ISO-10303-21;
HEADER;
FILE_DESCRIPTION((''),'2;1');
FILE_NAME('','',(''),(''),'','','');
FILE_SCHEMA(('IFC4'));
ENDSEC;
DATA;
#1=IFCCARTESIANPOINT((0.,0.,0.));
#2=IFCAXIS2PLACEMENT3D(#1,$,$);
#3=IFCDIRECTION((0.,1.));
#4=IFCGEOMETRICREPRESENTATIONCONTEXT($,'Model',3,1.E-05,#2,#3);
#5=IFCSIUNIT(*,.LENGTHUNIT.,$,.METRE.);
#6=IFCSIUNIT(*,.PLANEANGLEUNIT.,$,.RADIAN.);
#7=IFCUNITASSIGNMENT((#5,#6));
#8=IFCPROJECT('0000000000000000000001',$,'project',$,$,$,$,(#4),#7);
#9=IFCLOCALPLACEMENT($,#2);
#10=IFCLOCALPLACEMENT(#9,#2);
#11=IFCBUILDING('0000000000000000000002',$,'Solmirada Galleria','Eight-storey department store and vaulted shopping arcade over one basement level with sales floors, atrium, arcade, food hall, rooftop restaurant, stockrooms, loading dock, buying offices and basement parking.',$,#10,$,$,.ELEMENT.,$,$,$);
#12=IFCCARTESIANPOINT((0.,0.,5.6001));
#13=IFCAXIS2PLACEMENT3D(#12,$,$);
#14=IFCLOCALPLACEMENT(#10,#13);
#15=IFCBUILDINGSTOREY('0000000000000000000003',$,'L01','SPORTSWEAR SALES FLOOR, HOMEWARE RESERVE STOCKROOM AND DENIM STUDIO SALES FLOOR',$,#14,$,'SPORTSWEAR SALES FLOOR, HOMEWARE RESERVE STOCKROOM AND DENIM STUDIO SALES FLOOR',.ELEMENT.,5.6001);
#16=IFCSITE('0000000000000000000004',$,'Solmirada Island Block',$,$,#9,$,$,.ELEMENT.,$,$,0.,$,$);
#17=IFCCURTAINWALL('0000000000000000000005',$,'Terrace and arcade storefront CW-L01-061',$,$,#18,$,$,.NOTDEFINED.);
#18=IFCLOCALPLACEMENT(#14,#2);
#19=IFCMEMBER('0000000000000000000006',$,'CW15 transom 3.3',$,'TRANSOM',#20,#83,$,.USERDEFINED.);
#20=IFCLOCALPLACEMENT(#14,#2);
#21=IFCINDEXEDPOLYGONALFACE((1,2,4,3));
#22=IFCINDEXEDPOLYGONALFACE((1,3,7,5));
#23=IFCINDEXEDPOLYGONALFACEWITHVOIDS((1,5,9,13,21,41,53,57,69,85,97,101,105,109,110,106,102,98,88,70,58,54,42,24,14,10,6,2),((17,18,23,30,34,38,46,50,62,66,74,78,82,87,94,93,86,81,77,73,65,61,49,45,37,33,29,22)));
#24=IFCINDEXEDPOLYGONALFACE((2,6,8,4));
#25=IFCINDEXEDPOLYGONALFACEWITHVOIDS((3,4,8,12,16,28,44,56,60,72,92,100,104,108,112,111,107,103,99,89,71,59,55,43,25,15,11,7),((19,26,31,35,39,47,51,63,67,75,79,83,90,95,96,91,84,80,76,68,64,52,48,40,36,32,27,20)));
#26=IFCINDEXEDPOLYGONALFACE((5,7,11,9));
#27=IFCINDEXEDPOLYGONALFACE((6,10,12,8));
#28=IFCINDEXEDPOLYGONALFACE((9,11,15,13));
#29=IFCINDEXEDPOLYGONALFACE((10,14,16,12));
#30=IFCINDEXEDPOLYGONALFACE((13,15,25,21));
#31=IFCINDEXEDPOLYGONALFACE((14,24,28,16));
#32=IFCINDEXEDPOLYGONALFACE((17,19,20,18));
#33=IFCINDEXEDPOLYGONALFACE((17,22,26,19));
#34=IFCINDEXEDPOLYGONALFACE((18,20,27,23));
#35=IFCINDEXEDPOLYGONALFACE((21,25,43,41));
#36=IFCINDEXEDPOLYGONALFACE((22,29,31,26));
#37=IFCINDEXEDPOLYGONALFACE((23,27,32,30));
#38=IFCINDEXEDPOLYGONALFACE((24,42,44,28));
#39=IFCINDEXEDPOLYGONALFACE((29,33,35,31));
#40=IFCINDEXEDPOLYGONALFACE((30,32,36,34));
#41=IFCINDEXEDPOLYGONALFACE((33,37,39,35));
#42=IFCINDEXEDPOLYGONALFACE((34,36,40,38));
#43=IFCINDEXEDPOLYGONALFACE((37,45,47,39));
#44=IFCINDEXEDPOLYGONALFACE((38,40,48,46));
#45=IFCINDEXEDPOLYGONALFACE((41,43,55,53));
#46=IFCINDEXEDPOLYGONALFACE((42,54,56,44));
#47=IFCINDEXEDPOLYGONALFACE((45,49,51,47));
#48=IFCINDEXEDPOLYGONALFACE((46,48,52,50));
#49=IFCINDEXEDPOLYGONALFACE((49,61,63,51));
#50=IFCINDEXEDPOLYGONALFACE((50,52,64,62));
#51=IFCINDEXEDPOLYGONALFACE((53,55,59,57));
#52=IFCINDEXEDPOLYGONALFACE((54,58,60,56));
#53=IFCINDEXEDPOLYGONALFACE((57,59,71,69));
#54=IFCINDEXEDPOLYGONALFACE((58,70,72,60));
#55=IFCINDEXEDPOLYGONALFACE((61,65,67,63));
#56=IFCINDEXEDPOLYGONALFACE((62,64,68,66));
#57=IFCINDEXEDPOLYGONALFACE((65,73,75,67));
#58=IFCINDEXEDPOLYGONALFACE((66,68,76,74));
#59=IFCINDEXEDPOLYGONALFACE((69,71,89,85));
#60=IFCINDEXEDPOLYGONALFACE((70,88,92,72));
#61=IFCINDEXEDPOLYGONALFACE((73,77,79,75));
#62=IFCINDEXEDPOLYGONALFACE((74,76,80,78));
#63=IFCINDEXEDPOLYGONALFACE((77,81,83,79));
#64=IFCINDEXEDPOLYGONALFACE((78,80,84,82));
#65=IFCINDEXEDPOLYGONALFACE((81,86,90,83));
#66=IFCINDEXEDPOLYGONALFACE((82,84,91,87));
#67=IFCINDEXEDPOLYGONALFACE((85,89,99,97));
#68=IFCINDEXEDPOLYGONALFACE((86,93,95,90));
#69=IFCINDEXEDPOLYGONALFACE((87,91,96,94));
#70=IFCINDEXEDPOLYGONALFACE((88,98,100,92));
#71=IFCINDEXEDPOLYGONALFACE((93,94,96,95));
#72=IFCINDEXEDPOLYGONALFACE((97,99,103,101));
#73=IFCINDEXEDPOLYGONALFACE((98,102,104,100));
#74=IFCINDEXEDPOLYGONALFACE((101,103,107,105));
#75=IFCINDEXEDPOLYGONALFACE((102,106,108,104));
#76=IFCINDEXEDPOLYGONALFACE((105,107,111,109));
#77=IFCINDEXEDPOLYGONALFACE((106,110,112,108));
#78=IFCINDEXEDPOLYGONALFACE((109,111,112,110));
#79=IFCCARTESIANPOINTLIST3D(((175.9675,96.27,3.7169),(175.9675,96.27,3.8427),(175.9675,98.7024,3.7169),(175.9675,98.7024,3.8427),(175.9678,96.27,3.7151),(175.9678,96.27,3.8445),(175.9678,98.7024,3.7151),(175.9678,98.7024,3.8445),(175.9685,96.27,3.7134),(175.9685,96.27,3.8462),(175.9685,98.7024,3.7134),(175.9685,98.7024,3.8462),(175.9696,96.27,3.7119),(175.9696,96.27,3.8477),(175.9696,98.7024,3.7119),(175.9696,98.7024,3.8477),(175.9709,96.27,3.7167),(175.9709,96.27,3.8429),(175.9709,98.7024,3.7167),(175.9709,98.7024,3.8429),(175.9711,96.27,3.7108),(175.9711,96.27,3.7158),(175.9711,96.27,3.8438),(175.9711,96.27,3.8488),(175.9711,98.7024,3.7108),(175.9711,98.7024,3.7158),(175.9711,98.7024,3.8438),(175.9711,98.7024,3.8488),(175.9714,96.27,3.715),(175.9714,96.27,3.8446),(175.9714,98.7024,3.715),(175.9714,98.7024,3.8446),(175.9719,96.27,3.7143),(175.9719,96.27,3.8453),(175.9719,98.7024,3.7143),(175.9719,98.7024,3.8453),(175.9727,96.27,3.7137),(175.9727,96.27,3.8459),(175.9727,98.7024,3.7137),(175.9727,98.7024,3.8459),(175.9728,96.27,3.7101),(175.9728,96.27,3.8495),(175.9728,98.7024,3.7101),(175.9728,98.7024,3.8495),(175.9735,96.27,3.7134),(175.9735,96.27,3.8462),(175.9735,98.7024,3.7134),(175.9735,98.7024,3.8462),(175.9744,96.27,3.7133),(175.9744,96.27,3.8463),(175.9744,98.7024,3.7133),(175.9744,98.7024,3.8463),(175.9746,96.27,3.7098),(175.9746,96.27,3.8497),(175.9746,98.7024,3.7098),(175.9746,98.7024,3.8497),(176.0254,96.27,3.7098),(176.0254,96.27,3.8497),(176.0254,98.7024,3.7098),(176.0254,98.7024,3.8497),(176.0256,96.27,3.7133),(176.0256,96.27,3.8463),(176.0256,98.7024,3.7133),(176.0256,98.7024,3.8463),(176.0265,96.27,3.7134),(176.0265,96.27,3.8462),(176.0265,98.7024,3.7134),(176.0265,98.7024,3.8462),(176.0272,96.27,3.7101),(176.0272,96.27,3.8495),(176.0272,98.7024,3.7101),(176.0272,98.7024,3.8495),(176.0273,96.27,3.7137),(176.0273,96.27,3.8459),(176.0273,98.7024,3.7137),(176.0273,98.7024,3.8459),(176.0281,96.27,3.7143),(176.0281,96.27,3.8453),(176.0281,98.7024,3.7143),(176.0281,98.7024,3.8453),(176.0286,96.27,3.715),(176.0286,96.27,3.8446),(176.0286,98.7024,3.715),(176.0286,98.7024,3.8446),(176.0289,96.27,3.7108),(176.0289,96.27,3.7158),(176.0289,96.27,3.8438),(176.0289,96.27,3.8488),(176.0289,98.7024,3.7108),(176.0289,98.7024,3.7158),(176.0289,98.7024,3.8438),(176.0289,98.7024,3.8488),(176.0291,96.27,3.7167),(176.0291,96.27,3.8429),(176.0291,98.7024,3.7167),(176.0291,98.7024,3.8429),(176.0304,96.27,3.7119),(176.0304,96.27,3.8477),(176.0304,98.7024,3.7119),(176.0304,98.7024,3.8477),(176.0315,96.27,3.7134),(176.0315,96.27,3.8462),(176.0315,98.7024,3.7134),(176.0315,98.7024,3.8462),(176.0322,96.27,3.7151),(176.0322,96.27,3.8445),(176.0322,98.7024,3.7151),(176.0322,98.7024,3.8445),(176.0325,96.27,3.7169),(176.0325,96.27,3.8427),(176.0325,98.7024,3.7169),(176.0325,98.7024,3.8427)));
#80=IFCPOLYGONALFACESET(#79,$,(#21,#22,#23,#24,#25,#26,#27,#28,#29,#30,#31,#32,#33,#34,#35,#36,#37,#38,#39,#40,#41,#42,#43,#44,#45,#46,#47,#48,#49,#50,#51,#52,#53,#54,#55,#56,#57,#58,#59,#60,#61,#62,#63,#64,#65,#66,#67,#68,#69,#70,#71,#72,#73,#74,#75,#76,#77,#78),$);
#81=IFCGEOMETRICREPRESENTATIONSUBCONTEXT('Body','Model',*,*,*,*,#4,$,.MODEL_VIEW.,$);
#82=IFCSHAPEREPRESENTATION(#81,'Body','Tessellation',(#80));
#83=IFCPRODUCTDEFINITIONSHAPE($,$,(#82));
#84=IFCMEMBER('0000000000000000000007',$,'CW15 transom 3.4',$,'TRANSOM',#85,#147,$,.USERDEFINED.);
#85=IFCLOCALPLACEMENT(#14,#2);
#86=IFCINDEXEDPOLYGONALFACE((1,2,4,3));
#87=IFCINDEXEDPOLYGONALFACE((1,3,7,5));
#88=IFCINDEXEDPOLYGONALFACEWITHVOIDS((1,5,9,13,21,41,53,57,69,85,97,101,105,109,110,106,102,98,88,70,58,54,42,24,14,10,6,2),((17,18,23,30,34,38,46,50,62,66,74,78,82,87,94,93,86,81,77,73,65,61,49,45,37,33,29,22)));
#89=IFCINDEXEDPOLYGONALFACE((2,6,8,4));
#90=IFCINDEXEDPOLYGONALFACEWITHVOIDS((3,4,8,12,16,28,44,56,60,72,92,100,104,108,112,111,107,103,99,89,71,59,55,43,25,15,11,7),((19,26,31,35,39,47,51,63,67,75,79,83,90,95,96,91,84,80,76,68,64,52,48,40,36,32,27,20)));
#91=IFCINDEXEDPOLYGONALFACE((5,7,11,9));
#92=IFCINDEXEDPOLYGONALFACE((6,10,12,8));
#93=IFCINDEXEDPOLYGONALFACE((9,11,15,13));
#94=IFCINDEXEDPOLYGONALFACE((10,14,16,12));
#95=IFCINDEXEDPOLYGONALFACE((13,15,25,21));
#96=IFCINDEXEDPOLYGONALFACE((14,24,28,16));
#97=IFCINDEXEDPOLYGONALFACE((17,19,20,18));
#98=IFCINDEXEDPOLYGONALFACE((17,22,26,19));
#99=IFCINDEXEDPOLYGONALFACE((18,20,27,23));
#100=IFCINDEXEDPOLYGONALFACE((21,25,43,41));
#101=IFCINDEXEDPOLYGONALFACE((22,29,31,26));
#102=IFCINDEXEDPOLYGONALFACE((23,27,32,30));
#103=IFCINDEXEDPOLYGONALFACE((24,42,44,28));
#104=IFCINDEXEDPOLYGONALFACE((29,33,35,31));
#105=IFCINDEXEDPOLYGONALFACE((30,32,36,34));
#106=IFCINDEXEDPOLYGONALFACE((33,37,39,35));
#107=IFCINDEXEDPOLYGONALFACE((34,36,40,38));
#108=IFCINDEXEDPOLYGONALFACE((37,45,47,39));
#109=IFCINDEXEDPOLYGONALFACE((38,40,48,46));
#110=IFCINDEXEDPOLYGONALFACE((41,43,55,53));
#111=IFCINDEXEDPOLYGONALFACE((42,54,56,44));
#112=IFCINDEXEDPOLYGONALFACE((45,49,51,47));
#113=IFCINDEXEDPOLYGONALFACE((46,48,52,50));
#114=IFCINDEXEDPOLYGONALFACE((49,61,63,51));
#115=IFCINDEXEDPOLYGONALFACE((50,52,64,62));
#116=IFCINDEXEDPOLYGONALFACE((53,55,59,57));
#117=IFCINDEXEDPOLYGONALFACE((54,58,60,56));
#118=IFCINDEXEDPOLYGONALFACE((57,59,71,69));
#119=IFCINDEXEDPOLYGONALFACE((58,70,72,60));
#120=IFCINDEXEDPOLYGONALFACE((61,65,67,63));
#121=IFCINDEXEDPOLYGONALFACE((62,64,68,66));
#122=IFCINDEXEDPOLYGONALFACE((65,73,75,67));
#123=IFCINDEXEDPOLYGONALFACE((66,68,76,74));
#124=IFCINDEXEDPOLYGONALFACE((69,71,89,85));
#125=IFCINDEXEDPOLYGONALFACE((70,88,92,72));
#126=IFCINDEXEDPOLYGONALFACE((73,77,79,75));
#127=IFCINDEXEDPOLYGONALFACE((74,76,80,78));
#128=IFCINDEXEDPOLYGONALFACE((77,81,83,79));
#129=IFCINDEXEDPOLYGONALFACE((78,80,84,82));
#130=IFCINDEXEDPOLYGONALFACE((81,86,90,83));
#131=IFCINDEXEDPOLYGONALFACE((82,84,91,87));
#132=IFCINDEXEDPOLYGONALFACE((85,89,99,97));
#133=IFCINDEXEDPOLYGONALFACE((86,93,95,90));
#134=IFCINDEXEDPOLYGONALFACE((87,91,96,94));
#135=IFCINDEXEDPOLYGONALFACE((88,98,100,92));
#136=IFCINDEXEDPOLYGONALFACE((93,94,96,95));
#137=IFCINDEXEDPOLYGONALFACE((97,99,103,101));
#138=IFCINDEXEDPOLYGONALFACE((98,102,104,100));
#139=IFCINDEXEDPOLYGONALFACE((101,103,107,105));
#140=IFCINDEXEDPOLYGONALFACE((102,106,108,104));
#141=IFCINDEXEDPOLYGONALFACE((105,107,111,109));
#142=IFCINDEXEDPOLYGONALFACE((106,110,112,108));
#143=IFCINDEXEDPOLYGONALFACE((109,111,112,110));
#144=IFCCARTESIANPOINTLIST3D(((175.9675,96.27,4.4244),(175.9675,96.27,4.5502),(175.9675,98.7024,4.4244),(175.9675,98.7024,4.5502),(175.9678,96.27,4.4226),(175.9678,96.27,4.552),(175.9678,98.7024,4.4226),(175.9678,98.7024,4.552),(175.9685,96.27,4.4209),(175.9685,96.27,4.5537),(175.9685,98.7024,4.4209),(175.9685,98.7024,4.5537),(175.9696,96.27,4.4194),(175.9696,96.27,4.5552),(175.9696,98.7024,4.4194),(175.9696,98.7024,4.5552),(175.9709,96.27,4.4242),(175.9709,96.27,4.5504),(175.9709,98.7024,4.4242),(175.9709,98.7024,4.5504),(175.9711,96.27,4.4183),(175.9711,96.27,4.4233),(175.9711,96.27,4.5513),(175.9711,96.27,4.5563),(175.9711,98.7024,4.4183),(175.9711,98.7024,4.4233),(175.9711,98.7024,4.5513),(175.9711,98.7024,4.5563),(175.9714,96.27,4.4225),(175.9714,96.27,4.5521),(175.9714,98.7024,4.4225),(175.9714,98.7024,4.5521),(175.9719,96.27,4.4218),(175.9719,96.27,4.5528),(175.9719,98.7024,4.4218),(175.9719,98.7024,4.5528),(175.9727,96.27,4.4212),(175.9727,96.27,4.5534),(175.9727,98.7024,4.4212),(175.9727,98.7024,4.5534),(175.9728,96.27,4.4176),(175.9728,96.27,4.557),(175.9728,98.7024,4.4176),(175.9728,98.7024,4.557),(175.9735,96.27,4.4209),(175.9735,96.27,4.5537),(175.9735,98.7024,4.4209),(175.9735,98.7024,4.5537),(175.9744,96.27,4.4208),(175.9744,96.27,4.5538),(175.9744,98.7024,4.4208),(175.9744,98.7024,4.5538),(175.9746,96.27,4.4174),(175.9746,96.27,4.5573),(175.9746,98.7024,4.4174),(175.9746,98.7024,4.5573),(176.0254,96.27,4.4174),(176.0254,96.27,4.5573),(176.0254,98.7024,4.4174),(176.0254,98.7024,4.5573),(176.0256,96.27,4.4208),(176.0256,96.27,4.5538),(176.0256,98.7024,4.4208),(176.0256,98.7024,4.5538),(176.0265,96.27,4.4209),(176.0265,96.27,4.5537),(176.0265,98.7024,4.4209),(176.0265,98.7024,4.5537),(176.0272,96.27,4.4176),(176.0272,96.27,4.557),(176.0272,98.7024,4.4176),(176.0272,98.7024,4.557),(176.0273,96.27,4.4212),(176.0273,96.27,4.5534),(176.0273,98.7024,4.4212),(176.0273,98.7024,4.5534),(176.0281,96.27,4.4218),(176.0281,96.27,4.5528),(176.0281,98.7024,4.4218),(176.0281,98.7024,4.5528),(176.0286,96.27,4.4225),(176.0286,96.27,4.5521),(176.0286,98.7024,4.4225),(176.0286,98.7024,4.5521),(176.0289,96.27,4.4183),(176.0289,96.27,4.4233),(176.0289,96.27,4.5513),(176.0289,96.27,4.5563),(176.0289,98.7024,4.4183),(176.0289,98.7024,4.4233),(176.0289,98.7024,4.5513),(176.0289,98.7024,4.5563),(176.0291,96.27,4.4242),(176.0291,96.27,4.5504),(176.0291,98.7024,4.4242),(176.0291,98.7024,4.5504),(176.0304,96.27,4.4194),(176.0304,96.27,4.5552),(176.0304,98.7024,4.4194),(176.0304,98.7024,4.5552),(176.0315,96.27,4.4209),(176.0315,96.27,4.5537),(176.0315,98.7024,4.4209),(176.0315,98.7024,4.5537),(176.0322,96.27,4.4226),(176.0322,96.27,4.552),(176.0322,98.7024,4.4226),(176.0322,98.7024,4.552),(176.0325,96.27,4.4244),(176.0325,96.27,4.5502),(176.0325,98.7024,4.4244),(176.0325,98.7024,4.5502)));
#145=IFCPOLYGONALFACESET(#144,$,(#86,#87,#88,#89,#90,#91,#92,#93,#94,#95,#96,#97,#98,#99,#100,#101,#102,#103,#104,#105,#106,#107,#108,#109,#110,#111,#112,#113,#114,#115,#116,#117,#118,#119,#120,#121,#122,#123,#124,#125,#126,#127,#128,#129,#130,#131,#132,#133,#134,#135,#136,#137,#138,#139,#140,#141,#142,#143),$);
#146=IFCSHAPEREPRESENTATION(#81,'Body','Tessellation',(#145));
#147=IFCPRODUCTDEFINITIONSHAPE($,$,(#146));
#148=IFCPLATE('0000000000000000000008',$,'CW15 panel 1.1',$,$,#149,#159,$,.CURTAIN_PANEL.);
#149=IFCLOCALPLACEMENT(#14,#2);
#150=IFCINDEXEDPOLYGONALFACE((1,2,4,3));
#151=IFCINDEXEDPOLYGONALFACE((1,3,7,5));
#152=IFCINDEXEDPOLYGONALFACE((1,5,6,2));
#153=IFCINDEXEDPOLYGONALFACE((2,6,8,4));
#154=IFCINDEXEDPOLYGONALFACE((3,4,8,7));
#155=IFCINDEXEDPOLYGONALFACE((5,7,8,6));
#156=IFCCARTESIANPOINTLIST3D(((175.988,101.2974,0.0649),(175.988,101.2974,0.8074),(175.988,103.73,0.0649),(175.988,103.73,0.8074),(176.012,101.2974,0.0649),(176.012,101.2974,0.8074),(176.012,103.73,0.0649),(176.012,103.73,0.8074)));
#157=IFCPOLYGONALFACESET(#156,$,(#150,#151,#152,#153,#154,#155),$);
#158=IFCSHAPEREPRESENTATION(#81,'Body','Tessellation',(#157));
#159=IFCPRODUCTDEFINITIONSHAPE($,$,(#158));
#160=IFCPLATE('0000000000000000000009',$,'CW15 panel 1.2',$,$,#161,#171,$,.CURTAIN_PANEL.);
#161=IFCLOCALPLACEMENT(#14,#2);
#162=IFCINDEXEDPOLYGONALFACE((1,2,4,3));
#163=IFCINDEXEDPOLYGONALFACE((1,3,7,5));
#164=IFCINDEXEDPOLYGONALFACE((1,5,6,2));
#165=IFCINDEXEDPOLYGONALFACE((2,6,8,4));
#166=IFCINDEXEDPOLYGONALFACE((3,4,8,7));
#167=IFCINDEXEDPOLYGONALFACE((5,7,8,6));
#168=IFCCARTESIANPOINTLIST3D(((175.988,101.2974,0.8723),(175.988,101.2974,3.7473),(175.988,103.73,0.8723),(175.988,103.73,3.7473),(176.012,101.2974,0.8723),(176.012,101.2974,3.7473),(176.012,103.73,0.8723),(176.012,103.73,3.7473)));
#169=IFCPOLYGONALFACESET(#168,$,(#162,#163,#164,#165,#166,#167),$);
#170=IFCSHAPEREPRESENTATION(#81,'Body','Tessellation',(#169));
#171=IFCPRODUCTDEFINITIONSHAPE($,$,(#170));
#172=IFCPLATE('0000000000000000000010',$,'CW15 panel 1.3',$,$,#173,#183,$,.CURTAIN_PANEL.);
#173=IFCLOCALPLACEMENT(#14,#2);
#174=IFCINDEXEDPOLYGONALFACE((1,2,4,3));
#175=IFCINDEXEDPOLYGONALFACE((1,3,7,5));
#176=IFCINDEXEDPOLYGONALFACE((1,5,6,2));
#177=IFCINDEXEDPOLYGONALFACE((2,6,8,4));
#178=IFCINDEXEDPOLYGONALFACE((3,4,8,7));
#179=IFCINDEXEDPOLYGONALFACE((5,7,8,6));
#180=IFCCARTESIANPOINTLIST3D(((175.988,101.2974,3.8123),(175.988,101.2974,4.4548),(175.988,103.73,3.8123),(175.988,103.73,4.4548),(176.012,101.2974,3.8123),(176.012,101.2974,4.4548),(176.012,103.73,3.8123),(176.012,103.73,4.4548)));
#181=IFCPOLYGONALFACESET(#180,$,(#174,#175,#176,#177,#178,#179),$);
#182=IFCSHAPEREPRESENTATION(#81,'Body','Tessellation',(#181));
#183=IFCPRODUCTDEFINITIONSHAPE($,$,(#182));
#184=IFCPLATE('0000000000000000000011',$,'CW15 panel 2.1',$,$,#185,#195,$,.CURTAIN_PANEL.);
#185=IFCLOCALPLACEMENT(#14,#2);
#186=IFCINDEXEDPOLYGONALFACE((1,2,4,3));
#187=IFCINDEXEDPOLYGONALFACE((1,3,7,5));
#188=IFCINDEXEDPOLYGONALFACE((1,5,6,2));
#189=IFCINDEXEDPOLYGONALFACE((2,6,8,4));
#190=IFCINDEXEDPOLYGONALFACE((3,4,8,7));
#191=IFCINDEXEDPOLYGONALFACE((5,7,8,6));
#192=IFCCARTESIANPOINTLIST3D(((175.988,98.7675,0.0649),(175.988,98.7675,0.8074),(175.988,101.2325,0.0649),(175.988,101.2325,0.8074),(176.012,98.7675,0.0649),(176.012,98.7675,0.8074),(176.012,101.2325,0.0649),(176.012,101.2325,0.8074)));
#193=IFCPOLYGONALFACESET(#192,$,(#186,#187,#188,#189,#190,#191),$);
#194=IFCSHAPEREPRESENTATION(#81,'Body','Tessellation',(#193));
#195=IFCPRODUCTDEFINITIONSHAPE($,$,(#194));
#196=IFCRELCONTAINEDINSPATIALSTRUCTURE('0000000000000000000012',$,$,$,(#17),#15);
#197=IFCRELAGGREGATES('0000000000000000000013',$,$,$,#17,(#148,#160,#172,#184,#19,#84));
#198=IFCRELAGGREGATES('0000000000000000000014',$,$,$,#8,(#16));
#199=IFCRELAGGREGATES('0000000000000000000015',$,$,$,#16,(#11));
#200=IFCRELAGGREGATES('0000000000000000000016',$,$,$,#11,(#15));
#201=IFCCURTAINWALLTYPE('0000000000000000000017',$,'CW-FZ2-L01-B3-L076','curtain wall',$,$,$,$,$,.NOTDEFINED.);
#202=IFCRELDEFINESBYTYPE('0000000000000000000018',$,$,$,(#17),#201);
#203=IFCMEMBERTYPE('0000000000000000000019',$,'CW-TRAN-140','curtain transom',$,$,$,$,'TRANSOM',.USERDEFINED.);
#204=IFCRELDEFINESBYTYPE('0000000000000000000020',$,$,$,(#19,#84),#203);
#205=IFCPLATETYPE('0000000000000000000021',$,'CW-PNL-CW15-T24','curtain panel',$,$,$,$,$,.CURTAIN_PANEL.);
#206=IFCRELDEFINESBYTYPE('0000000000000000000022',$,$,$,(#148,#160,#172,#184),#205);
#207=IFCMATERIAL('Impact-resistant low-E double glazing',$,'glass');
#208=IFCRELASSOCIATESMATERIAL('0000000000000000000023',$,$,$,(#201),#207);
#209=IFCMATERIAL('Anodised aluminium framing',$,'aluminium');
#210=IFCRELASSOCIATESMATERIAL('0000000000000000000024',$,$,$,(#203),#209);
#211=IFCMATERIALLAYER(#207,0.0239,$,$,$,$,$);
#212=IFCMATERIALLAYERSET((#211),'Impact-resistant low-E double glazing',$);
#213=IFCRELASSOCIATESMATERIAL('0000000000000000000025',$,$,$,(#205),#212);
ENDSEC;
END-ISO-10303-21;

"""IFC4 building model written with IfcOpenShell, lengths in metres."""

from ifc_helpers import new_model, si_unit, direction, frame, origin, origin_2d, place, context, subcontext, project, spatial, rectangle, hollow_rectangle, extrude, material, layer, layer_set, material_profile, profile_set, type_object, element, aggregate, save


model = new_model("IFC4")

# Units and contexts
model_context = context("Model", 3, precision=1e-05, world=origin(), true_north=direction((0.0, 1.0)))
body_context = subcontext(model_context, "Body", "Model", "MODEL_VIEW")
ifc_project = project(units=[si_unit("LENGTHUNIT", "METRE"), si_unit("PLANEANGLEUNIT", "RADIAN")], contexts=[model_context])

# Site, building, storey
site_placement = place(None, origin())
site = spatial("IfcSite", under=ifc_project, at=site_placement, Name="Solmirada Island Block", CompositionType="ELEMENT", RefElevation=0.0)
building_placement = place(site_placement, origin())
building = spatial("IfcBuilding", under=site, at=building_placement, Name="Solmirada Galleria", Description="Eight-storey department store and vaulted shopping arcade over one basement level with sales floors, atrium, arcade, food hall, rooftop restaurant, stockrooms, loading dock, buying offices and basement parking.", CompositionType="ELEMENT")
storey_placement = place(building_placement, frame((0.0, 0.0, 5.6001)))
storey = spatial("IfcBuildingStorey", under=building, at=storey_placement, Name="L01", Description="SPORTSWEAR SALES FLOOR, HOMEWARE RESERVE STOCKROOM AND DENIM STUDIO SALES FLOOR", LongName="SPORTSWEAR SALES FLOOR, HOMEWARE RESERVE STOCKROOM AND DENIM STUDIO SALES FLOOR", CompositionType="ELEMENT", Elevation=5.6001)

# Curtain wall, members, plates
ifc_material_1 = material(Name="Impact-resistant low-E double glazing", Category="glass")
curtain_wall_type = type_object("IfcCurtainWallType", Name="CW-FZ2-L01-B3-L076", Description="curtain wall", PredefinedType="NOTDEFINED", material=ifc_material_1)
curtain_wall_placement = place(storey_placement, origin())
curtain_wall = element("IfcCurtainWall", 1, at=curtain_wall_placement, inside=storey, type_object=curtain_wall_type, Name="Terrace and arcade storefront CW-L01-061", PredefinedType="NOTDEFINED")
ifc_material_2 = material(Name="Anodised aluminium framing", Category="aluminium")
ifc_material_profile_1 = material_profile(ifc_material_2, hollow_rectangle(XDim=0.0649, YDim=0.1399, WallThickness=0.0034, InnerFilletRadius=0.0034, OuterFilletRadius=0.0071, at=origin_2d()), Name="ALU-TRAN-140X65")
ifc_profile_set_1 = profile_set([ifc_material_profile_1], Name="Anodised aluminium framing")
member_type_1 = type_object("IfcMemberType", Name="CW-TRAN-140", Description="curtain transom", ElementType="TRANSOM", PredefinedType="USERDEFINED", material=ifc_profile_set_1)
member_1_placement = place(storey_placement, frame((176.0, 98.7024, 3.7798), z_axis=(0.0, -1.0, 0.0), x_axis=(1.0, 0.0, 0.0)))
member_1 = element("IfcMember", 2, at=member_1_placement, type_object=member_type_1, Name="CW15 transom 3.3", ObjectType="TRANSOM", PredefinedType="USERDEFINED", context=body_context, shape_type="SweptSolid", body=[
    extrude(hollow_rectangle(XDim=0.0649, YDim=0.1399, WallThickness=0.0034, InnerFilletRadius=0.0034, OuterFilletRadius=0.0071, at=origin_2d()), origin(), (0.0, 0.0, 1.0), 2.4324),
])
member_2_placement = place(storey_placement, frame((176.0, 98.7024, 4.4873), z_axis=(0.0, -1.0, 0.0), x_axis=(1.0, 0.0, 0.0)))
member_2 = element("IfcMember", 3, at=member_2_placement, type_object=member_type_1, Name="CW15 transom 3.4", ObjectType="TRANSOM", PredefinedType="USERDEFINED", context=body_context, shape_type="SweptSolid", body=[
    extrude(hollow_rectangle(XDim=0.0649, YDim=0.1399, WallThickness=0.0034, InnerFilletRadius=0.0034, OuterFilletRadius=0.0071, at=origin_2d()), origin(), (0.0, 0.0, 1.0), 2.4324),
])
ifc_layer = layer(ifc_material_1, 0.0239)
ifc_layer_set = layer_set([ifc_layer], Name="Impact-resistant low-E double glazing")
plate_type = type_object("IfcPlateType", Name="CW-PNL-CW15-T24", Description="curtain panel", PredefinedType="CURTAIN_PANEL", material=ifc_layer_set)
plate_1_placement = place(storey_placement, frame((176.0, 102.5137, 0.0649), z_axis=(0.0, 0.0, 1.0), x_axis=(0.0, -1.0, 0.0)))
plate_1 = element("IfcPlate", 4, at=plate_1_placement, type_object=plate_type, Name="CW15 panel 1.1", PredefinedType="CURTAIN_PANEL", context=body_context, shape_type="SweptSolid", body=[
    extrude(rectangle(XDim=2.4326, YDim=0.0239, at=origin_2d()), origin(), (0.0, 0.0, 1.0), 0.7424),
])
plate_2_placement = place(storey_placement, frame((176.0, 102.5137, 0.8723), z_axis=(0.0, 0.0, 1.0), x_axis=(0.0, -1.0, 0.0)))
plate_2 = element("IfcPlate", 5, at=plate_2_placement, type_object=plate_type, Name="CW15 panel 1.2", PredefinedType="CURTAIN_PANEL", context=body_context, shape_type="SweptSolid", body=[
    extrude(rectangle(XDim=2.4326, YDim=0.0239, at=origin_2d()), origin(), (0.0, 0.0, 1.0), 2.875),
])
plate_3_placement = place(storey_placement, frame((176.0, 102.5137, 3.8123), z_axis=(0.0, 0.0, 1.0), x_axis=(0.0, -1.0, 0.0)))
plate_3 = element("IfcPlate", 6, at=plate_3_placement, type_object=plate_type, Name="CW15 panel 1.3", PredefinedType="CURTAIN_PANEL", context=body_context, shape_type="SweptSolid", body=[
    extrude(rectangle(XDim=2.4326, YDim=0.0239, at=origin_2d()), origin(), (0.0, 0.0, 1.0), 0.6426),
])
plate_4_placement = place(storey_placement, frame((176.0, 100.0, 0.0649), z_axis=(0.0, 0.0, 1.0), x_axis=(0.0, -1.0, 0.0)))
plate_4 = element("IfcPlate", 7, at=plate_4_placement, type_object=plate_type, Name="CW15 panel 2.1", PredefinedType="CURTAIN_PANEL", context=body_context, shape_type="SweptSolid", body=[
    extrude(rectangle(XDim=2.4651, YDim=0.0239, at=origin_2d()), origin(), (0.0, 0.0, 1.0), 0.7424),
])
aggregate(curtain_wall, [plate_1, plate_2, plate_3, plate_4, member_1, member_2])

save(model, "model.ifc")
